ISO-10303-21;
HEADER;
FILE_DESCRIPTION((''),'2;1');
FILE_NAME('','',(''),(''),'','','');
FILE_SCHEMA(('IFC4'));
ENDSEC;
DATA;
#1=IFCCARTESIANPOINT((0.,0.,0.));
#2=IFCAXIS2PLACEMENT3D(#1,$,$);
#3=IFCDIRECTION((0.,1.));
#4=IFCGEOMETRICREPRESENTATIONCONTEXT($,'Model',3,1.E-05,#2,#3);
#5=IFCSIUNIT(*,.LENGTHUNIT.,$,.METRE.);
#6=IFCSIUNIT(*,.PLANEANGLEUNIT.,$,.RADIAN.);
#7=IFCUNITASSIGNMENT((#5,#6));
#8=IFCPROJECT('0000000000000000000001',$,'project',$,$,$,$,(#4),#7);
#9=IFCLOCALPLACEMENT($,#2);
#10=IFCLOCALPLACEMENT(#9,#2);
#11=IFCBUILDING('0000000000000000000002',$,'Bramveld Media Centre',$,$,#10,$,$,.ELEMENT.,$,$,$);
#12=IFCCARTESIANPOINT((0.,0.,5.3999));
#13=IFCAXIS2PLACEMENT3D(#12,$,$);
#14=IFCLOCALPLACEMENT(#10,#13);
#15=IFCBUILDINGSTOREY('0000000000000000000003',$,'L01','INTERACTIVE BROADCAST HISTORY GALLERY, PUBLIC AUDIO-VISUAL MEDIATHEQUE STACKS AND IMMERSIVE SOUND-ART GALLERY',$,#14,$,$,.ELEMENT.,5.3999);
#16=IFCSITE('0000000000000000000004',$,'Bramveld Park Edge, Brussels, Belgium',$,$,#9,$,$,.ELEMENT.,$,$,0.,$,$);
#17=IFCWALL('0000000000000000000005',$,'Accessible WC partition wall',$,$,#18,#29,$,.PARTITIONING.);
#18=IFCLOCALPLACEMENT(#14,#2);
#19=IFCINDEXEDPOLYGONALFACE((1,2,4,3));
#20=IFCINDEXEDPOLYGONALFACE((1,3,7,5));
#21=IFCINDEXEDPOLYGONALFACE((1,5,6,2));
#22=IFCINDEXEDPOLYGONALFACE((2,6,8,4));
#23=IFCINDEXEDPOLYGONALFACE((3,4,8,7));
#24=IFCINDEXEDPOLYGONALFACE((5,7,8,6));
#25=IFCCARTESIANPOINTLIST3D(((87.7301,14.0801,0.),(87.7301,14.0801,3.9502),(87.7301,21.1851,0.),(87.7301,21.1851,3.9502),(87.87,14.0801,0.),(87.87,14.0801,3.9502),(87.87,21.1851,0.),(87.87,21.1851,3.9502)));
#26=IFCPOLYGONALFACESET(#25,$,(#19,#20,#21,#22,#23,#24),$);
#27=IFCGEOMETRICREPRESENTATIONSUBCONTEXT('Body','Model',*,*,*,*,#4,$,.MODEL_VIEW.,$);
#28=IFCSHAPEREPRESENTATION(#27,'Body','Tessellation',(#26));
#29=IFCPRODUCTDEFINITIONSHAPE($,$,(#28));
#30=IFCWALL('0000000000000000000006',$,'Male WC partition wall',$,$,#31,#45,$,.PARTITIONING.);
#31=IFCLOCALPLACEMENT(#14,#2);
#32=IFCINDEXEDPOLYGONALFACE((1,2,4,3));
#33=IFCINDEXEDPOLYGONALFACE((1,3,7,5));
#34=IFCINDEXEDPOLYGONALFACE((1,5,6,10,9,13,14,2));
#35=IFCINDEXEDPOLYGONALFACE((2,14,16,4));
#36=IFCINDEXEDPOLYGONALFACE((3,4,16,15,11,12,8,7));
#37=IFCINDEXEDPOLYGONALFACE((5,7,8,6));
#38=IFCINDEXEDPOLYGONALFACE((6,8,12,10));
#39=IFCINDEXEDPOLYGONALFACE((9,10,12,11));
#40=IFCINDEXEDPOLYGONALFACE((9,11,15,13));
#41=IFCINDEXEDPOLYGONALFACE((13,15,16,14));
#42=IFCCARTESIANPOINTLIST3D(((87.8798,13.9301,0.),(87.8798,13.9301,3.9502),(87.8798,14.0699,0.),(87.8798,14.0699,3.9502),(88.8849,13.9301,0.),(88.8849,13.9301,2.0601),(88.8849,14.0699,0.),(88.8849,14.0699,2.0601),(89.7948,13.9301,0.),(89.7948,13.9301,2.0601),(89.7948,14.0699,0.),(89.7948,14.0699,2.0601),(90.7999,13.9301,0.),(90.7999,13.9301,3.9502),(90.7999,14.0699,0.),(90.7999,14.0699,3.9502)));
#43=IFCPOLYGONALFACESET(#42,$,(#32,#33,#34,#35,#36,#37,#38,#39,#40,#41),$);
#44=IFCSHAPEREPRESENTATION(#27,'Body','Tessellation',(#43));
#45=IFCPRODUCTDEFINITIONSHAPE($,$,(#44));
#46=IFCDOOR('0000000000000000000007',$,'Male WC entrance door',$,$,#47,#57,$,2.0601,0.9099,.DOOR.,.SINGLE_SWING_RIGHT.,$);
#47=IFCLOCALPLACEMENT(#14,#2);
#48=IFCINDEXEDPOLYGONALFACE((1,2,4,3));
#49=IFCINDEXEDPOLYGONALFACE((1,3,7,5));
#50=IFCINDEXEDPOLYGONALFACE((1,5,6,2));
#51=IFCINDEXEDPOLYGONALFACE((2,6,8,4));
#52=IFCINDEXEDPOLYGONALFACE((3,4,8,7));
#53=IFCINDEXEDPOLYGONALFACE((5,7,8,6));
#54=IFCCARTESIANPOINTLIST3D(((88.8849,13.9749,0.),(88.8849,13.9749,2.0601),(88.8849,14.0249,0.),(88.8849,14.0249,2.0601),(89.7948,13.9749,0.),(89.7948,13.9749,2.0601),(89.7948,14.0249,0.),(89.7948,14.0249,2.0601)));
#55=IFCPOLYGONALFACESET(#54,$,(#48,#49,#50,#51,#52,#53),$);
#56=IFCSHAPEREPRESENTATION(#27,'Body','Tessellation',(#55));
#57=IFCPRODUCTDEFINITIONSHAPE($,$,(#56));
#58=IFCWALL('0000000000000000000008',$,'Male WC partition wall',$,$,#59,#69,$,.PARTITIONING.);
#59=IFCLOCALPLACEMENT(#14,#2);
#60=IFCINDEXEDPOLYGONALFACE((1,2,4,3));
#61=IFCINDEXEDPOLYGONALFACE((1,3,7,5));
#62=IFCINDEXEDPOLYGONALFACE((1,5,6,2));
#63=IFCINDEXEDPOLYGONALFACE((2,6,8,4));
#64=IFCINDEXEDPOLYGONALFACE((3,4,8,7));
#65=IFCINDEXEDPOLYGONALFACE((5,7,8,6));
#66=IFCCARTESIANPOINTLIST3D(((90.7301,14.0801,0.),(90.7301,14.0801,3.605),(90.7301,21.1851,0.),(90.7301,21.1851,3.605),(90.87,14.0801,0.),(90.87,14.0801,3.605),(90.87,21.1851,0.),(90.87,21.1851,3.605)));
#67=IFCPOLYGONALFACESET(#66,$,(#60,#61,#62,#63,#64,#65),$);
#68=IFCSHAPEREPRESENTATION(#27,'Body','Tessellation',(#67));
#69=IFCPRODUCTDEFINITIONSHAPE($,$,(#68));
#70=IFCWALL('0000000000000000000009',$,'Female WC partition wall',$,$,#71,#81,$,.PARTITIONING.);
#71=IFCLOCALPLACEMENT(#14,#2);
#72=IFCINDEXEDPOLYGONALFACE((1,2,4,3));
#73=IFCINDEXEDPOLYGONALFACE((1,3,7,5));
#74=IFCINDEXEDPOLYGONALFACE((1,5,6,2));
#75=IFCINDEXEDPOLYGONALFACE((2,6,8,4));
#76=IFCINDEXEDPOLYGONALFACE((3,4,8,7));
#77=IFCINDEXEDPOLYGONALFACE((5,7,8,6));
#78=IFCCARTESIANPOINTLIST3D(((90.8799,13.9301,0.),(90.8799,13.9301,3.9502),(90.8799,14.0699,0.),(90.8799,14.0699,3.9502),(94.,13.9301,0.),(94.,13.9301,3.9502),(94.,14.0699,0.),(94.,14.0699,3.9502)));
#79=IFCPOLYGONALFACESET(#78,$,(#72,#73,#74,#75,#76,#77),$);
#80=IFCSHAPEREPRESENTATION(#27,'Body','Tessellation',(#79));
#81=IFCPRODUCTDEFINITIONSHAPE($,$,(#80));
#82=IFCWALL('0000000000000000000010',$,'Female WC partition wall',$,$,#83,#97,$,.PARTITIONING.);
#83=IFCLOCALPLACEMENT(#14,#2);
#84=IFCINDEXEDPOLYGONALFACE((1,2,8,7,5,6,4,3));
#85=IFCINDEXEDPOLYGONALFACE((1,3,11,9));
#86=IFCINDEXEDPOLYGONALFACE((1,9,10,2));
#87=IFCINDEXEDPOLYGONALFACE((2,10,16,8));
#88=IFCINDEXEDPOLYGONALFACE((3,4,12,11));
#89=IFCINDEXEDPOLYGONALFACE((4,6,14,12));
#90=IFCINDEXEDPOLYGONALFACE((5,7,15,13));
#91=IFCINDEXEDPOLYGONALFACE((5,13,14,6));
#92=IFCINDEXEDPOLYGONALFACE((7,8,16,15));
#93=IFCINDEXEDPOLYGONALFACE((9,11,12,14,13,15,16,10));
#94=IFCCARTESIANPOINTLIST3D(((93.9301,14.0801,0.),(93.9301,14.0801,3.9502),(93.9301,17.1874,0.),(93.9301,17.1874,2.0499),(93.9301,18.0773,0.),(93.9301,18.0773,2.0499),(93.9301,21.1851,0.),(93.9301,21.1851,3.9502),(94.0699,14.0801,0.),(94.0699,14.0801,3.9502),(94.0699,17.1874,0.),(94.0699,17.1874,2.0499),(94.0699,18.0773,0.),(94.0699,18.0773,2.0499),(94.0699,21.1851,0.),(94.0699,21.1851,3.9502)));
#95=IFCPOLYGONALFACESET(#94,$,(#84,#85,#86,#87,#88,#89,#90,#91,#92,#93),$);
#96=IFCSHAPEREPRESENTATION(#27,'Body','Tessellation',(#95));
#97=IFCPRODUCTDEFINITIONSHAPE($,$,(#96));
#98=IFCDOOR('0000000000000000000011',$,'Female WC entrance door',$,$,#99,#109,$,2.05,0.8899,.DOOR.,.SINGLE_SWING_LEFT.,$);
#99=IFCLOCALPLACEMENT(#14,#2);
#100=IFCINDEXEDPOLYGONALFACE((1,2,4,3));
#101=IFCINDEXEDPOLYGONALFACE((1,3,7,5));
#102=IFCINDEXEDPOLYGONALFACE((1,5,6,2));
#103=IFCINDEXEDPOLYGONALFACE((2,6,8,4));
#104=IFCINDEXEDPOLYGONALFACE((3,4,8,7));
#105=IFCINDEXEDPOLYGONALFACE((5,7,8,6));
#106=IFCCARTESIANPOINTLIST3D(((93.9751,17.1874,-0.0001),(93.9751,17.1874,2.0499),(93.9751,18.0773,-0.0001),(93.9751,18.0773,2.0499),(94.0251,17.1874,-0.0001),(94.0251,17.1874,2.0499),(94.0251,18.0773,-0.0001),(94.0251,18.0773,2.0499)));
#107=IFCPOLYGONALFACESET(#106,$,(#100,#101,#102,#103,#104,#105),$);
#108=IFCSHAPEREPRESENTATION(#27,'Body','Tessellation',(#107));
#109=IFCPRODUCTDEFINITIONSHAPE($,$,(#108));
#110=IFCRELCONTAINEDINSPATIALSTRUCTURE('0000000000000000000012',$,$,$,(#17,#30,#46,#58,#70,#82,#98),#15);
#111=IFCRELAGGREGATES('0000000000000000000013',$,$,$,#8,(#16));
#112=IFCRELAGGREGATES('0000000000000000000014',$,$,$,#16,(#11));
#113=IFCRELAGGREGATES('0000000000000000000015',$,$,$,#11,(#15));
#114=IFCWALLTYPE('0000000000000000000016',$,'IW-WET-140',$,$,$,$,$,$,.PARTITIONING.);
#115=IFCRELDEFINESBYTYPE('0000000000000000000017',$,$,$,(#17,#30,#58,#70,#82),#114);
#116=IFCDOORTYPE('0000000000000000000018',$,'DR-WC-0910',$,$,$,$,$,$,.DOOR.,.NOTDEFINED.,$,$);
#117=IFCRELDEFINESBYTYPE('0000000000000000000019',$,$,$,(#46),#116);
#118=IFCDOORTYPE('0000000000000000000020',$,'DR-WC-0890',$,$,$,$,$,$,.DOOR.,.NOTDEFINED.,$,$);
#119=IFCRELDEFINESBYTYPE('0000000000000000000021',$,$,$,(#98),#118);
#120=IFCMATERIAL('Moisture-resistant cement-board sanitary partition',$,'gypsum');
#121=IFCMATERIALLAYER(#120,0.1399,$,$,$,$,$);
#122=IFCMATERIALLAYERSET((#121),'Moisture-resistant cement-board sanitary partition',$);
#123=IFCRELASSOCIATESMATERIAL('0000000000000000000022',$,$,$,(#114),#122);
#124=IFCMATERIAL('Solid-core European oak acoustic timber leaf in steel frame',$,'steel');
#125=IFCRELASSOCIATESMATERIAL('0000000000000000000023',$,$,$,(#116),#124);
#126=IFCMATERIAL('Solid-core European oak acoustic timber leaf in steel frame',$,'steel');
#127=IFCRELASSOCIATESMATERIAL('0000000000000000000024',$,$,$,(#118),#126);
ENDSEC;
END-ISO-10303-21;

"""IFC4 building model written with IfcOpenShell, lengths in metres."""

from ifc_helpers import new_model, si_unit, direction, frame, frame_2d, origin, place, context, subcontext, project, spatial, rectangle, extrude, material, layer, layer_set, type_object, element, fill, save


model = new_model("IFC4")

# Units and contexts
model_context = context("Model", 3, precision=1e-05, world=origin(), true_north=direction((0.0, 1.0)))
body_context = subcontext(model_context, "Body", "Model", "MODEL_VIEW")
ifc_project = project(units=[si_unit("LENGTHUNIT", "METRE"), si_unit("PLANEANGLEUNIT", "RADIAN")], contexts=[model_context])

# Site, building, storey
site_placement = place(None, origin())
site = spatial("IfcSite", under=ifc_project, at=site_placement, Name="Bramveld Park Edge, Brussels, Belgium", CompositionType="ELEMENT", RefElevation=0.0)
building_placement = place(site_placement, origin())
building = spatial("IfcBuilding", under=site, at=building_placement, Name="Bramveld Media Centre", CompositionType="ELEMENT")
storey_placement = place(building_placement, frame((0.0, 0.0, 5.3999)))
storey = spatial("IfcBuildingStorey", under=building, at=storey_placement, Name="L01", Description="INTERACTIVE BROADCAST HISTORY GALLERY, PUBLIC AUDIO-VISUAL MEDIATHEQUE STACKS AND IMMERSIVE SOUND-ART GALLERY", CompositionType="ELEMENT", Elevation=5.3999)

# Wall
ifc_material_1 = material(Name="Moisture-resistant cement-board sanitary partition", Category="gypsum")
ifc_layer_1 = layer(ifc_material_1, 0.1399)
ifc_layer_set_1 = layer_set([ifc_layer_1], Name="Moisture-resistant cement-board sanitary partition")
wall_type_1 = type_object("IfcWallType", Name="IW-WET-140", PredefinedType="PARTITIONING", material=ifc_layer_set_1)
wall_1_placement = place(storey_placement, frame((87.8, 14.0801, 0.0), z_axis=(0.0, 0.0, 1.0), x_axis=(0.0, 1.0, 0.0)))
element("IfcWall", 1, at=wall_1_placement, inside=storey, type_object=wall_type_1, Name="Accessible WC partition wall", PredefinedType="PARTITIONING", context=body_context, shape_type="SweptSolid", body=[
    extrude(rectangle(XDim=7.105, YDim=0.1399, at=frame_2d((3.5525, 0.0))), origin(), (0.0, 0.0, 1.0), 3.9502),
])

# Wall, opening, door
wall_2_placement = place(storey_placement, frame((87.8799, 14.0, 0.0), z_axis=(0.0, 0.0, 1.0), x_axis=(1.0, 0.0, 0.0)))
wall_2 = element("IfcWall", 2, at=wall_2_placement, inside=storey, type_object=wall_type_1, Name="Male WC partition wall", PredefinedType="PARTITIONING", context=body_context, shape_type="SweptSolid", body=[
    extrude(rectangle(XDim=2.9202, YDim=0.1399, at=frame_2d((1.46, 0.0))), origin(), (0.0, 0.0, 1.0), 3.9502),
])
opening_1_placement = place(wall_2_placement, frame((1.0049, 0.0, 0.0)))
opening_1 = element("IfcOpeningElement", 3, at=opening_1_placement, cuts=wall_2, PredefinedType="OPENING", context=body_context, shape_type="SweptSolid", body=[
    extrude(rectangle(XDim=0.9099, YDim=2.0601, at=frame_2d((0.4551, 1.03))), frame((0.0, 0.082, 0.0), z_axis=(0.0, -1.0, 0.0), x_axis=(1.0, 0.0, 0.0)), (0.0, 0.0, 1.0), 0.1638),
])
ifc_material_2 = material(Name="Solid-core European oak acoustic timber leaf in steel frame", Category="steel")
door_type_1 = type_object("IfcDoorType", Name="DR-WC-0910", OperationType="NOTDEFINED", PredefinedType="DOOR", material=ifc_material_2)
door_1_placement = place(opening_1_placement, origin())
door_1 = element("IfcDoor", 4, at=door_1_placement, inside=storey, type_object=door_type_1, Name="Male WC entrance door", OperationType="SINGLE_SWING_RIGHT", OverallHeight=2.0601, OverallWidth=0.9099, PredefinedType="DOOR", context=body_context, shape_type="SweptSolid", body=[
    extrude(rectangle(XDim=0.9099, YDim=2.0601, at=frame_2d((0.4551, 1.03))), frame((0.0, 0.0249, 0.0), z_axis=(0.0, -1.0, 0.0), x_axis=(1.0, 0.0, 0.0)), (0.0, 0.0, 1.0), 0.05),
])
fill(opening_1, door_1)

# Walls
wall_3_placement = place(storey_placement, frame((90.8, 14.0801, 0.0), z_axis=(0.0, 0.0, 1.0), x_axis=(0.0, 1.0, 0.0)))
element("IfcWall", 5, at=wall_3_placement, inside=storey, type_object=wall_type_1, Name="Male WC partition wall", PredefinedType="PARTITIONING", context=body_context, shape_type="SweptSolid", body=[
    extrude(rectangle(XDim=7.105, YDim=0.1399, at=frame_2d((3.5525, 0.0))), origin(), (0.0, 0.0, 1.0), 3.605),
])
wall_4_placement = place(storey_placement, frame((90.8799, 14.0, 0.0), z_axis=(0.0, 0.0, 1.0), x_axis=(1.0, 0.0, 0.0)))
element("IfcWall", 6, at=wall_4_placement, inside=storey, type_object=wall_type_1, Name="Female WC partition wall", PredefinedType="PARTITIONING", context=body_context, shape_type="SweptSolid", body=[
    extrude(rectangle(XDim=3.1201, YDim=0.1399, at=frame_2d((1.5601, 0.0))), origin(), (0.0, 0.0, 1.0), 3.9502),
])

# Wall, opening, door
wall_5_placement = place(storey_placement, frame((94.0, 14.0801, 0.0), z_axis=(0.0, 0.0, 1.0), x_axis=(0.0, 1.0, 0.0)))
wall_5 = element("IfcWall", 7, at=wall_5_placement, inside=storey, type_object=wall_type_1, Name="Female WC partition wall", PredefinedType="PARTITIONING", context=body_context, shape_type="SweptSolid", body=[
    extrude(rectangle(XDim=7.105, YDim=0.1399, at=frame_2d((3.5525, 0.0))), origin(), (0.0, 0.0, 1.0), 3.9502),
])
opening_2_placement = place(wall_5_placement, frame((3.1074, 0.0, 0.0)))
opening_2 = element("IfcOpeningElement", 8, at=opening_2_placement, cuts=wall_5, PredefinedType="OPENING", context=body_context, shape_type="SweptSolid", body=[
    extrude(rectangle(XDim=0.8899, YDim=2.05, at=frame_2d((0.4448, 1.0249))), frame((0.0, 0.082, 0.0), z_axis=(0.0, -1.0, 0.0), x_axis=(1.0, 0.0, 0.0)), (0.0, 0.0, 1.0), 0.1638),
])
ifc_material_3 = material(Name="Solid-core European oak acoustic timber leaf in steel frame", Category="steel")
door_type_2 = type_object("IfcDoorType", Name="DR-WC-0890", OperationType="NOTDEFINED", PredefinedType="DOOR", material=ifc_material_3)
door_2_placement = place(opening_2_placement, origin())
door_2 = element("IfcDoor", 9, at=door_2_placement, inside=storey, type_object=door_type_2, Name="Female WC entrance door", OperationType="SINGLE_SWING_LEFT", OverallHeight=2.05, OverallWidth=0.8899, PredefinedType="DOOR", context=body_context, shape_type="SweptSolid", body=[
    extrude(rectangle(XDim=0.8899, YDim=2.05, at=frame_2d((0.4448, 1.0249))), frame((0.0, 0.0249, 0.0), z_axis=(0.0, -1.0, 0.0), x_axis=(1.0, 0.0, 0.0)), (0.0, 0.0, 1.0), 0.05),
])
fill(opening_2, door_2)

save(model, "model.ifc")
